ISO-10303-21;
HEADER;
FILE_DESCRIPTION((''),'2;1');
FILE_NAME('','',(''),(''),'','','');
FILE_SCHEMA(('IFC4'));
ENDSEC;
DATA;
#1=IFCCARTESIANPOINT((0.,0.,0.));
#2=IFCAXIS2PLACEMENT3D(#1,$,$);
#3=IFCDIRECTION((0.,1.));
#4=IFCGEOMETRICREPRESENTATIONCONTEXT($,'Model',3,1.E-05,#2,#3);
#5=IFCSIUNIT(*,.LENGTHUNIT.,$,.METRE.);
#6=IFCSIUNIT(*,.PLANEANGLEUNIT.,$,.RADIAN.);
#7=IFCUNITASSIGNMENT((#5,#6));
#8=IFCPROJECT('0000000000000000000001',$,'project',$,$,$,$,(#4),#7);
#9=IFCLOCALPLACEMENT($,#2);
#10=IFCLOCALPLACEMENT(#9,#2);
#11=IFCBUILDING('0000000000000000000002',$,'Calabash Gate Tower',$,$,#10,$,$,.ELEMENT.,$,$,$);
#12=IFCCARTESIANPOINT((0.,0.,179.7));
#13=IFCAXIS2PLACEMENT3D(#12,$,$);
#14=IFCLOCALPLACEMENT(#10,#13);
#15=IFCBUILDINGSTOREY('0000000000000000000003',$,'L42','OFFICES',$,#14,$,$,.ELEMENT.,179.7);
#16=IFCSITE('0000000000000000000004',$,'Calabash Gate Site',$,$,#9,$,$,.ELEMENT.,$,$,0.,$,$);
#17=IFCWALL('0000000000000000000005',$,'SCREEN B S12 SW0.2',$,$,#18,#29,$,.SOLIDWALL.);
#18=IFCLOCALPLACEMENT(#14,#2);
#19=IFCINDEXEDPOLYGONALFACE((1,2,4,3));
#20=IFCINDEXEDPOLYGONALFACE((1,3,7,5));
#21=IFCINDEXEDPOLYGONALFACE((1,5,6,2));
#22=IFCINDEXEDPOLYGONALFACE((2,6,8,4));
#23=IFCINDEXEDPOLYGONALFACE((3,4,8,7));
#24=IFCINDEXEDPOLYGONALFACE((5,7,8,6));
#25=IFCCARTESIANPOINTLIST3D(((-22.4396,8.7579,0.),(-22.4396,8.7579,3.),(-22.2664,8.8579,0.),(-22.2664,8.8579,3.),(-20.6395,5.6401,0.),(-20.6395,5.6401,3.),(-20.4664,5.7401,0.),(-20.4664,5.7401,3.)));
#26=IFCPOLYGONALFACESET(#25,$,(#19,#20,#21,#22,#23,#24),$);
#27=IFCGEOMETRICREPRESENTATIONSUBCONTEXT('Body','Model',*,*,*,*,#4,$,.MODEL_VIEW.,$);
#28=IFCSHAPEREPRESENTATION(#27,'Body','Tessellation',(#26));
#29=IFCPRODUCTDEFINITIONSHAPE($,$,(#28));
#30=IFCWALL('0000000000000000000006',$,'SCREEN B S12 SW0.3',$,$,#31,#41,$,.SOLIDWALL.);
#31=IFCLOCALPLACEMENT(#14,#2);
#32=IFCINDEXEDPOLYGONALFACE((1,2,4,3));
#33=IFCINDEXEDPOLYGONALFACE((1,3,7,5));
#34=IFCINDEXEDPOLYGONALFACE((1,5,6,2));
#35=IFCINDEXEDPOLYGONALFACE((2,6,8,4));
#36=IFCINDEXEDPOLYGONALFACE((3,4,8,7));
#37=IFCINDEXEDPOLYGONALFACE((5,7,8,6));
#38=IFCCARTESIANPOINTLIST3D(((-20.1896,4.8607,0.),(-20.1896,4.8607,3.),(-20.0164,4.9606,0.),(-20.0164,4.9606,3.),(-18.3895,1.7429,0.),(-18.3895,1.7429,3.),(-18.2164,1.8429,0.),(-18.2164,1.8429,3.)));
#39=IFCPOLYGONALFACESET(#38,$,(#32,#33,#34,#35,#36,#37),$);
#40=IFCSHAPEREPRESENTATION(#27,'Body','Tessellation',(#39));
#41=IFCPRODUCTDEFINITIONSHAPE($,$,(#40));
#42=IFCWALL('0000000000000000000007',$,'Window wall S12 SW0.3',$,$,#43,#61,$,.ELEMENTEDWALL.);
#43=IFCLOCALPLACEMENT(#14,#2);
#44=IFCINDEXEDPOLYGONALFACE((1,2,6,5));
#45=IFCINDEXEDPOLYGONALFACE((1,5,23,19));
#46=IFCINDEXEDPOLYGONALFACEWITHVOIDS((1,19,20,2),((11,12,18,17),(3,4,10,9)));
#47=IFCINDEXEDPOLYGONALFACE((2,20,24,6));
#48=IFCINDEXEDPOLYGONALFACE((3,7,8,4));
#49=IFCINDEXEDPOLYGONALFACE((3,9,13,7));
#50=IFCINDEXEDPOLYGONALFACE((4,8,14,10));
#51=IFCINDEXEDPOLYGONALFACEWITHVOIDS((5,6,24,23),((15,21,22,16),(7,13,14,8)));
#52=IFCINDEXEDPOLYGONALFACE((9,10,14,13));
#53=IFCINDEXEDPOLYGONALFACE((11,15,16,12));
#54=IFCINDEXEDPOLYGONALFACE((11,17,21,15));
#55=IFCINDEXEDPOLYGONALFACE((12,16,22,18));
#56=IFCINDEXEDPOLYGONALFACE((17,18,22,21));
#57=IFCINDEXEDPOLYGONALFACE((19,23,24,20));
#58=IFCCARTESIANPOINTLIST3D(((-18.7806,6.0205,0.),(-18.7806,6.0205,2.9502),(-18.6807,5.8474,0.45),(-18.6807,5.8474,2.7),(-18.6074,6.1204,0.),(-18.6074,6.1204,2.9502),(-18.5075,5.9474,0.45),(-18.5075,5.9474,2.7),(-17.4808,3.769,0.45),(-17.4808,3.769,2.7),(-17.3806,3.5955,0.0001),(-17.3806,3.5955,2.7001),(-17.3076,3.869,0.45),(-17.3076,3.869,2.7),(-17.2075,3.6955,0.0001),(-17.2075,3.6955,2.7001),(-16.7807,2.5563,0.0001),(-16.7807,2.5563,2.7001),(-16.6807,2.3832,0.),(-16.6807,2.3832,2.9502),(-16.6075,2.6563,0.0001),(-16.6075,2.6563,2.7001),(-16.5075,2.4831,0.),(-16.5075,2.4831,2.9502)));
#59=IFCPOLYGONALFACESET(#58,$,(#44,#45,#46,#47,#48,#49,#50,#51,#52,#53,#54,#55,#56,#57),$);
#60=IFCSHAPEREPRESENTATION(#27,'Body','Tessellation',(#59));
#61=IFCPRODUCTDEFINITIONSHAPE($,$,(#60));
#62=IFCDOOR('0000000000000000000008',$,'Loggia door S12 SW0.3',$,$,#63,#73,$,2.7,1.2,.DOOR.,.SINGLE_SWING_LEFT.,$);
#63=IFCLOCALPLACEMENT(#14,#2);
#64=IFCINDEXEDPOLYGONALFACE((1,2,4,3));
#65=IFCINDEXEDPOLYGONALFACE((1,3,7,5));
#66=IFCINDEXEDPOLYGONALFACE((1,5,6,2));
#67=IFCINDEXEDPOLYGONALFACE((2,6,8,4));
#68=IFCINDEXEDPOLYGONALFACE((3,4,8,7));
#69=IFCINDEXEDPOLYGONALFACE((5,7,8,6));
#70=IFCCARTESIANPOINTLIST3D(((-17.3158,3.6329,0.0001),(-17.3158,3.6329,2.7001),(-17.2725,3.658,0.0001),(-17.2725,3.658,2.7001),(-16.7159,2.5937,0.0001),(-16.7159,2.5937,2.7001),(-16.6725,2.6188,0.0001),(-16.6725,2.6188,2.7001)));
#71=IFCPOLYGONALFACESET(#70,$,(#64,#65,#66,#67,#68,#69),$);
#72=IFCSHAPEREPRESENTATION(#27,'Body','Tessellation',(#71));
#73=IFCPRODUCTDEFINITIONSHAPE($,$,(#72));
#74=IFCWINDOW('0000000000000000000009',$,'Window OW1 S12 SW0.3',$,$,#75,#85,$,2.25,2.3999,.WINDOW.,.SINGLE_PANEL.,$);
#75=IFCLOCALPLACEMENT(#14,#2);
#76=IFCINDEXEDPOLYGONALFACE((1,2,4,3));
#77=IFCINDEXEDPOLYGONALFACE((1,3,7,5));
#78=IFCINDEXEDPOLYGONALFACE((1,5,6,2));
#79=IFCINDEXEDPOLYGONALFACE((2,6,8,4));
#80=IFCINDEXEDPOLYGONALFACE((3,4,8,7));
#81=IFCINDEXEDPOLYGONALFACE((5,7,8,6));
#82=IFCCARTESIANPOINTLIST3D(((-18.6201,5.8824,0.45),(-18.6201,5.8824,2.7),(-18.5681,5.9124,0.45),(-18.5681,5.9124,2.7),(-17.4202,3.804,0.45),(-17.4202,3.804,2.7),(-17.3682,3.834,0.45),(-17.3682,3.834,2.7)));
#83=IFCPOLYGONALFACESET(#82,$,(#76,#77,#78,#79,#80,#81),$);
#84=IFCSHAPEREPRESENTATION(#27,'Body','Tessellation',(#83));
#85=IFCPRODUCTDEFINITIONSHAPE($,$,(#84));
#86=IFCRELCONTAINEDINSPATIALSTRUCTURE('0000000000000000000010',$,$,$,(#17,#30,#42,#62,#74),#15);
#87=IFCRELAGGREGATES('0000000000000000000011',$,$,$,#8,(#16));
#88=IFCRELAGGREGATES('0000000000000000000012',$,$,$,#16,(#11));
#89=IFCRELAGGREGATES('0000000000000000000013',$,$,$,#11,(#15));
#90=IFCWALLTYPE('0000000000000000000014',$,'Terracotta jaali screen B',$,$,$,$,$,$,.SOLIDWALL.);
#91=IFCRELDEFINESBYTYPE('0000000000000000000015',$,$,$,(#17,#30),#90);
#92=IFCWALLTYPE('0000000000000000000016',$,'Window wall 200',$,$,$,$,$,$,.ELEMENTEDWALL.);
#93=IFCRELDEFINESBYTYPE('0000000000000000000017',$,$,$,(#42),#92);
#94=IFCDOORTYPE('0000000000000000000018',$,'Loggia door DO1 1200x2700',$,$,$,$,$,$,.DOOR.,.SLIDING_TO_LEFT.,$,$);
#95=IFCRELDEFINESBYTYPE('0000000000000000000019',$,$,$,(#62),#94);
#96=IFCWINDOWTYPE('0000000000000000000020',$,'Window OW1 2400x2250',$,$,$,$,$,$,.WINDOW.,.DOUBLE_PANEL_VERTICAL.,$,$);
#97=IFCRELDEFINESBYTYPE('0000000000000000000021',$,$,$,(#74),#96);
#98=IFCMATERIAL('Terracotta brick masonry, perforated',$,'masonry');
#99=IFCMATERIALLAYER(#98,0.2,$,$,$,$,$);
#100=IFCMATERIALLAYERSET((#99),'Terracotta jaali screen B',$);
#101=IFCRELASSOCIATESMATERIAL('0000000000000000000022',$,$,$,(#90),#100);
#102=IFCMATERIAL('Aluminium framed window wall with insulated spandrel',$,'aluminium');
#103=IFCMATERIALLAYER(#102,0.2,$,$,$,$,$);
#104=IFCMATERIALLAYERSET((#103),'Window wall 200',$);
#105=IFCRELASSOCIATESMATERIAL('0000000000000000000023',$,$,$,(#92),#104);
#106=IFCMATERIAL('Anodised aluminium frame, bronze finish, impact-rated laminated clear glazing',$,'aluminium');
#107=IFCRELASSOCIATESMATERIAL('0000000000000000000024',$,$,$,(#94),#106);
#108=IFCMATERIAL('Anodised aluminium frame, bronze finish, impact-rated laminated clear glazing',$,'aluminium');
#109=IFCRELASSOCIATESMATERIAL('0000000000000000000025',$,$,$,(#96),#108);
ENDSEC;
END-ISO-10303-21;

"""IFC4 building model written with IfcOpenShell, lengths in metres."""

from ifc_helpers import new_model, si_unit, direction, frame, frame_2d, origin, place, context, subcontext, project, spatial, rectangle, extrude, material, layer, layer_set, type_object, element, fill, save


model = new_model("IFC4")

# Units and contexts
model_context = context("Model", 3, precision=1e-05, world=origin(), true_north=direction((0.0, 1.0)))
body_context = subcontext(model_context, "Body", "Model", "MODEL_VIEW")
ifc_project = project(units=[si_unit("LENGTHUNIT", "METRE"), si_unit("PLANEANGLEUNIT", "RADIAN")], contexts=[model_context])

# Site, building, storey
site_placement = place(None, origin())
site = spatial("IfcSite", under=ifc_project, at=site_placement, Name="Calabash Gate Site", CompositionType="ELEMENT", RefElevation=0.0)
building_placement = place(site_placement, origin())
building = spatial("IfcBuilding", under=site, at=building_placement, Name="Calabash Gate Tower", CompositionType="ELEMENT")
storey_placement = place(building_placement, frame((0.0, 0.0, 179.7)))
storey = spatial("IfcBuildingStorey", under=building, at=storey_placement, Name="L42", Description="OFFICES", CompositionType="ELEMENT", Elevation=179.7)

# Walls
ifc_material_1 = material(Name="Terracotta brick masonry, perforated", Category="masonry")
ifc_layer_1 = layer(ifc_material_1, 0.2)
ifc_layer_set_1 = layer_set([ifc_layer_1], Name="Terracotta jaali screen B")
wall_type_1 = type_object("IfcWallType", Name="Terracotta jaali screen B", PredefinedType="SOLIDWALL", material=ifc_layer_set_1)
for number, where, z_axis, x_axis, name in (
    (1, (-22.353, 8.8079, 0.0), (0.0, 0.0, 1.0), (0.500012, -0.866018, 0.0), "SCREEN B S12 SW0.2"),
    (2, (-20.103, 4.9106, 0.0), (0.0, 0.0, 1.0), (0.500012, -0.866018, 0.0), "SCREEN B S12 SW0.3"),
):
    element("IfcWall", number, at=place(storey_placement, frame(where, z_axis=z_axis, x_axis=x_axis)), inside=storey, type_object=wall_type_1, Name=name, PredefinedType="SOLIDWALL", context=body_context, shape_type="SweptSolid", body=[
        extrude(rectangle(XDim=3.6001, YDim=0.2, at=frame_2d((1.8, 0.0))), origin(), (0.0, 0.0, 1.0), 3.0),
    ])

# Wall, openings, door, window
ifc_material_2 = material(Name="Aluminium framed window wall with insulated spandrel", Category="aluminium")
ifc_layer_2 = layer(ifc_material_2, 0.2)
ifc_layer_set_2 = layer_set([ifc_layer_2], Name="Window wall 200")
wall_type_2 = type_object("IfcWallType", Name="Window wall 200", PredefinedType="ELEMENTEDWALL", material=ifc_layer_set_2)
wall_1_placement = place(storey_placement, frame((-18.6941, 6.0706, 0.0), z_axis=(0.0, 0.0, 1.0), x_axis=(0.499984, -0.866035, 0.0)))
wall_1 = element("IfcWall", 3, at=wall_1_placement, inside=storey, type_object=wall_type_2, Name="Window wall S12 SW0.3", PredefinedType="ELEMENTEDWALL", context=body_context, shape_type="SweptSolid", body=[
    extrude(rectangle(XDim=4.2, YDim=0.2, at=frame_2d((2.1001, 0.0))), origin(), (0.0, 0.0, 1.0), 2.9502),
])
opening_1_placement = place(wall_1_placement, frame((0.2, 0.0, 0.45)))
opening_1 = element("IfcOpeningElement", 4, at=opening_1_placement, cuts=wall_1, PredefinedType="OPENING", context=body_context, shape_type="SweptSolid", body=[
    extrude(rectangle(XDim=2.3999, YDim=2.25, at=frame_2d((1.2, 1.125))), frame((0.0, 0.1099, 0.0), z_axis=(0.0, -1.0, 0.0), x_axis=(1.0, 0.0, 0.0)), (0.0, 0.0, 1.0), 0.22),
])
opening_2_placement = place(wall_1_placement, frame((2.8, 0.0, 0.0)))
opening_2 = element("IfcOpeningElement", 5, at=opening_2_placement, cuts=wall_1, PredefinedType="OPENING", context=body_context, shape_type="SweptSolid", body=[
    extrude(rectangle(XDim=1.2, YDim=2.7, at=frame_2d((0.6001, 1.3501))), frame((0.0, 0.1099, 0.0), z_axis=(0.0, -1.0, 0.0), x_axis=(1.0, 0.0, 0.0)), (0.0, 0.0, 1.0), 0.22),
])
ifc_material_3 = material(Name="Anodised aluminium frame, bronze finish, impact-rated laminated clear glazing", Category="aluminium")
door_type_1 = type_object("IfcDoorType", Name="Loggia door DO1 1200x2700", OperationType="SLIDING_TO_LEFT", PredefinedType="DOOR", material=ifc_material_3)
door_1_placement = place(opening_2_placement, origin())
door_1 = element("IfcDoor", 6, at=door_1_placement, inside=storey, type_object=door_type_1, Name="Loggia door S12 SW0.3", OperationType="SINGLE_SWING_LEFT", OverallHeight=2.7, OverallWidth=1.2, PredefinedType="DOOR", context=body_context, shape_type="SweptSolid", body=[
    extrude(rectangle(XDim=1.2, YDim=2.7, at=frame_2d((0.6001, 1.3501))), frame((0.0, 0.0249, 0.0), z_axis=(0.0, -1.0, 0.0), x_axis=(1.0, 0.0, 0.0)), (0.0, 0.0, 1.0), 0.05),
])
fill(opening_2, door_1)
ifc_material_4 = material(Name="Anodised aluminium frame, bronze finish, impact-rated laminated clear glazing", Category="aluminium")
window_type = type_object("IfcWindowType", Name="Window OW1 2400x2250", PartitioningType="DOUBLE_PANEL_VERTICAL", PredefinedType="WINDOW", material=ifc_material_4)
window_placement = place(opening_1_placement, origin())
window = element("IfcWindow", 7, at=window_placement, inside=storey, type_object=window_type, Name="Window OW1 S12 SW0.3", OverallHeight=2.25, OverallWidth=2.3999, PartitioningType="SINGLE_PANEL", PredefinedType="WINDOW", context=body_context, shape_type="SweptSolid", body=[
    extrude(rectangle(XDim=2.3999, YDim=2.25, at=frame_2d((1.2, 1.125))), frame((0.0, 0.03, 0.0), z_axis=(0.0, -1.0, 0.0), x_axis=(1.0, 0.0, 0.0)), (0.0, 0.0, 1.0), 0.0601),
])
fill(opening_1, window)

save(model, "model.ifc")
